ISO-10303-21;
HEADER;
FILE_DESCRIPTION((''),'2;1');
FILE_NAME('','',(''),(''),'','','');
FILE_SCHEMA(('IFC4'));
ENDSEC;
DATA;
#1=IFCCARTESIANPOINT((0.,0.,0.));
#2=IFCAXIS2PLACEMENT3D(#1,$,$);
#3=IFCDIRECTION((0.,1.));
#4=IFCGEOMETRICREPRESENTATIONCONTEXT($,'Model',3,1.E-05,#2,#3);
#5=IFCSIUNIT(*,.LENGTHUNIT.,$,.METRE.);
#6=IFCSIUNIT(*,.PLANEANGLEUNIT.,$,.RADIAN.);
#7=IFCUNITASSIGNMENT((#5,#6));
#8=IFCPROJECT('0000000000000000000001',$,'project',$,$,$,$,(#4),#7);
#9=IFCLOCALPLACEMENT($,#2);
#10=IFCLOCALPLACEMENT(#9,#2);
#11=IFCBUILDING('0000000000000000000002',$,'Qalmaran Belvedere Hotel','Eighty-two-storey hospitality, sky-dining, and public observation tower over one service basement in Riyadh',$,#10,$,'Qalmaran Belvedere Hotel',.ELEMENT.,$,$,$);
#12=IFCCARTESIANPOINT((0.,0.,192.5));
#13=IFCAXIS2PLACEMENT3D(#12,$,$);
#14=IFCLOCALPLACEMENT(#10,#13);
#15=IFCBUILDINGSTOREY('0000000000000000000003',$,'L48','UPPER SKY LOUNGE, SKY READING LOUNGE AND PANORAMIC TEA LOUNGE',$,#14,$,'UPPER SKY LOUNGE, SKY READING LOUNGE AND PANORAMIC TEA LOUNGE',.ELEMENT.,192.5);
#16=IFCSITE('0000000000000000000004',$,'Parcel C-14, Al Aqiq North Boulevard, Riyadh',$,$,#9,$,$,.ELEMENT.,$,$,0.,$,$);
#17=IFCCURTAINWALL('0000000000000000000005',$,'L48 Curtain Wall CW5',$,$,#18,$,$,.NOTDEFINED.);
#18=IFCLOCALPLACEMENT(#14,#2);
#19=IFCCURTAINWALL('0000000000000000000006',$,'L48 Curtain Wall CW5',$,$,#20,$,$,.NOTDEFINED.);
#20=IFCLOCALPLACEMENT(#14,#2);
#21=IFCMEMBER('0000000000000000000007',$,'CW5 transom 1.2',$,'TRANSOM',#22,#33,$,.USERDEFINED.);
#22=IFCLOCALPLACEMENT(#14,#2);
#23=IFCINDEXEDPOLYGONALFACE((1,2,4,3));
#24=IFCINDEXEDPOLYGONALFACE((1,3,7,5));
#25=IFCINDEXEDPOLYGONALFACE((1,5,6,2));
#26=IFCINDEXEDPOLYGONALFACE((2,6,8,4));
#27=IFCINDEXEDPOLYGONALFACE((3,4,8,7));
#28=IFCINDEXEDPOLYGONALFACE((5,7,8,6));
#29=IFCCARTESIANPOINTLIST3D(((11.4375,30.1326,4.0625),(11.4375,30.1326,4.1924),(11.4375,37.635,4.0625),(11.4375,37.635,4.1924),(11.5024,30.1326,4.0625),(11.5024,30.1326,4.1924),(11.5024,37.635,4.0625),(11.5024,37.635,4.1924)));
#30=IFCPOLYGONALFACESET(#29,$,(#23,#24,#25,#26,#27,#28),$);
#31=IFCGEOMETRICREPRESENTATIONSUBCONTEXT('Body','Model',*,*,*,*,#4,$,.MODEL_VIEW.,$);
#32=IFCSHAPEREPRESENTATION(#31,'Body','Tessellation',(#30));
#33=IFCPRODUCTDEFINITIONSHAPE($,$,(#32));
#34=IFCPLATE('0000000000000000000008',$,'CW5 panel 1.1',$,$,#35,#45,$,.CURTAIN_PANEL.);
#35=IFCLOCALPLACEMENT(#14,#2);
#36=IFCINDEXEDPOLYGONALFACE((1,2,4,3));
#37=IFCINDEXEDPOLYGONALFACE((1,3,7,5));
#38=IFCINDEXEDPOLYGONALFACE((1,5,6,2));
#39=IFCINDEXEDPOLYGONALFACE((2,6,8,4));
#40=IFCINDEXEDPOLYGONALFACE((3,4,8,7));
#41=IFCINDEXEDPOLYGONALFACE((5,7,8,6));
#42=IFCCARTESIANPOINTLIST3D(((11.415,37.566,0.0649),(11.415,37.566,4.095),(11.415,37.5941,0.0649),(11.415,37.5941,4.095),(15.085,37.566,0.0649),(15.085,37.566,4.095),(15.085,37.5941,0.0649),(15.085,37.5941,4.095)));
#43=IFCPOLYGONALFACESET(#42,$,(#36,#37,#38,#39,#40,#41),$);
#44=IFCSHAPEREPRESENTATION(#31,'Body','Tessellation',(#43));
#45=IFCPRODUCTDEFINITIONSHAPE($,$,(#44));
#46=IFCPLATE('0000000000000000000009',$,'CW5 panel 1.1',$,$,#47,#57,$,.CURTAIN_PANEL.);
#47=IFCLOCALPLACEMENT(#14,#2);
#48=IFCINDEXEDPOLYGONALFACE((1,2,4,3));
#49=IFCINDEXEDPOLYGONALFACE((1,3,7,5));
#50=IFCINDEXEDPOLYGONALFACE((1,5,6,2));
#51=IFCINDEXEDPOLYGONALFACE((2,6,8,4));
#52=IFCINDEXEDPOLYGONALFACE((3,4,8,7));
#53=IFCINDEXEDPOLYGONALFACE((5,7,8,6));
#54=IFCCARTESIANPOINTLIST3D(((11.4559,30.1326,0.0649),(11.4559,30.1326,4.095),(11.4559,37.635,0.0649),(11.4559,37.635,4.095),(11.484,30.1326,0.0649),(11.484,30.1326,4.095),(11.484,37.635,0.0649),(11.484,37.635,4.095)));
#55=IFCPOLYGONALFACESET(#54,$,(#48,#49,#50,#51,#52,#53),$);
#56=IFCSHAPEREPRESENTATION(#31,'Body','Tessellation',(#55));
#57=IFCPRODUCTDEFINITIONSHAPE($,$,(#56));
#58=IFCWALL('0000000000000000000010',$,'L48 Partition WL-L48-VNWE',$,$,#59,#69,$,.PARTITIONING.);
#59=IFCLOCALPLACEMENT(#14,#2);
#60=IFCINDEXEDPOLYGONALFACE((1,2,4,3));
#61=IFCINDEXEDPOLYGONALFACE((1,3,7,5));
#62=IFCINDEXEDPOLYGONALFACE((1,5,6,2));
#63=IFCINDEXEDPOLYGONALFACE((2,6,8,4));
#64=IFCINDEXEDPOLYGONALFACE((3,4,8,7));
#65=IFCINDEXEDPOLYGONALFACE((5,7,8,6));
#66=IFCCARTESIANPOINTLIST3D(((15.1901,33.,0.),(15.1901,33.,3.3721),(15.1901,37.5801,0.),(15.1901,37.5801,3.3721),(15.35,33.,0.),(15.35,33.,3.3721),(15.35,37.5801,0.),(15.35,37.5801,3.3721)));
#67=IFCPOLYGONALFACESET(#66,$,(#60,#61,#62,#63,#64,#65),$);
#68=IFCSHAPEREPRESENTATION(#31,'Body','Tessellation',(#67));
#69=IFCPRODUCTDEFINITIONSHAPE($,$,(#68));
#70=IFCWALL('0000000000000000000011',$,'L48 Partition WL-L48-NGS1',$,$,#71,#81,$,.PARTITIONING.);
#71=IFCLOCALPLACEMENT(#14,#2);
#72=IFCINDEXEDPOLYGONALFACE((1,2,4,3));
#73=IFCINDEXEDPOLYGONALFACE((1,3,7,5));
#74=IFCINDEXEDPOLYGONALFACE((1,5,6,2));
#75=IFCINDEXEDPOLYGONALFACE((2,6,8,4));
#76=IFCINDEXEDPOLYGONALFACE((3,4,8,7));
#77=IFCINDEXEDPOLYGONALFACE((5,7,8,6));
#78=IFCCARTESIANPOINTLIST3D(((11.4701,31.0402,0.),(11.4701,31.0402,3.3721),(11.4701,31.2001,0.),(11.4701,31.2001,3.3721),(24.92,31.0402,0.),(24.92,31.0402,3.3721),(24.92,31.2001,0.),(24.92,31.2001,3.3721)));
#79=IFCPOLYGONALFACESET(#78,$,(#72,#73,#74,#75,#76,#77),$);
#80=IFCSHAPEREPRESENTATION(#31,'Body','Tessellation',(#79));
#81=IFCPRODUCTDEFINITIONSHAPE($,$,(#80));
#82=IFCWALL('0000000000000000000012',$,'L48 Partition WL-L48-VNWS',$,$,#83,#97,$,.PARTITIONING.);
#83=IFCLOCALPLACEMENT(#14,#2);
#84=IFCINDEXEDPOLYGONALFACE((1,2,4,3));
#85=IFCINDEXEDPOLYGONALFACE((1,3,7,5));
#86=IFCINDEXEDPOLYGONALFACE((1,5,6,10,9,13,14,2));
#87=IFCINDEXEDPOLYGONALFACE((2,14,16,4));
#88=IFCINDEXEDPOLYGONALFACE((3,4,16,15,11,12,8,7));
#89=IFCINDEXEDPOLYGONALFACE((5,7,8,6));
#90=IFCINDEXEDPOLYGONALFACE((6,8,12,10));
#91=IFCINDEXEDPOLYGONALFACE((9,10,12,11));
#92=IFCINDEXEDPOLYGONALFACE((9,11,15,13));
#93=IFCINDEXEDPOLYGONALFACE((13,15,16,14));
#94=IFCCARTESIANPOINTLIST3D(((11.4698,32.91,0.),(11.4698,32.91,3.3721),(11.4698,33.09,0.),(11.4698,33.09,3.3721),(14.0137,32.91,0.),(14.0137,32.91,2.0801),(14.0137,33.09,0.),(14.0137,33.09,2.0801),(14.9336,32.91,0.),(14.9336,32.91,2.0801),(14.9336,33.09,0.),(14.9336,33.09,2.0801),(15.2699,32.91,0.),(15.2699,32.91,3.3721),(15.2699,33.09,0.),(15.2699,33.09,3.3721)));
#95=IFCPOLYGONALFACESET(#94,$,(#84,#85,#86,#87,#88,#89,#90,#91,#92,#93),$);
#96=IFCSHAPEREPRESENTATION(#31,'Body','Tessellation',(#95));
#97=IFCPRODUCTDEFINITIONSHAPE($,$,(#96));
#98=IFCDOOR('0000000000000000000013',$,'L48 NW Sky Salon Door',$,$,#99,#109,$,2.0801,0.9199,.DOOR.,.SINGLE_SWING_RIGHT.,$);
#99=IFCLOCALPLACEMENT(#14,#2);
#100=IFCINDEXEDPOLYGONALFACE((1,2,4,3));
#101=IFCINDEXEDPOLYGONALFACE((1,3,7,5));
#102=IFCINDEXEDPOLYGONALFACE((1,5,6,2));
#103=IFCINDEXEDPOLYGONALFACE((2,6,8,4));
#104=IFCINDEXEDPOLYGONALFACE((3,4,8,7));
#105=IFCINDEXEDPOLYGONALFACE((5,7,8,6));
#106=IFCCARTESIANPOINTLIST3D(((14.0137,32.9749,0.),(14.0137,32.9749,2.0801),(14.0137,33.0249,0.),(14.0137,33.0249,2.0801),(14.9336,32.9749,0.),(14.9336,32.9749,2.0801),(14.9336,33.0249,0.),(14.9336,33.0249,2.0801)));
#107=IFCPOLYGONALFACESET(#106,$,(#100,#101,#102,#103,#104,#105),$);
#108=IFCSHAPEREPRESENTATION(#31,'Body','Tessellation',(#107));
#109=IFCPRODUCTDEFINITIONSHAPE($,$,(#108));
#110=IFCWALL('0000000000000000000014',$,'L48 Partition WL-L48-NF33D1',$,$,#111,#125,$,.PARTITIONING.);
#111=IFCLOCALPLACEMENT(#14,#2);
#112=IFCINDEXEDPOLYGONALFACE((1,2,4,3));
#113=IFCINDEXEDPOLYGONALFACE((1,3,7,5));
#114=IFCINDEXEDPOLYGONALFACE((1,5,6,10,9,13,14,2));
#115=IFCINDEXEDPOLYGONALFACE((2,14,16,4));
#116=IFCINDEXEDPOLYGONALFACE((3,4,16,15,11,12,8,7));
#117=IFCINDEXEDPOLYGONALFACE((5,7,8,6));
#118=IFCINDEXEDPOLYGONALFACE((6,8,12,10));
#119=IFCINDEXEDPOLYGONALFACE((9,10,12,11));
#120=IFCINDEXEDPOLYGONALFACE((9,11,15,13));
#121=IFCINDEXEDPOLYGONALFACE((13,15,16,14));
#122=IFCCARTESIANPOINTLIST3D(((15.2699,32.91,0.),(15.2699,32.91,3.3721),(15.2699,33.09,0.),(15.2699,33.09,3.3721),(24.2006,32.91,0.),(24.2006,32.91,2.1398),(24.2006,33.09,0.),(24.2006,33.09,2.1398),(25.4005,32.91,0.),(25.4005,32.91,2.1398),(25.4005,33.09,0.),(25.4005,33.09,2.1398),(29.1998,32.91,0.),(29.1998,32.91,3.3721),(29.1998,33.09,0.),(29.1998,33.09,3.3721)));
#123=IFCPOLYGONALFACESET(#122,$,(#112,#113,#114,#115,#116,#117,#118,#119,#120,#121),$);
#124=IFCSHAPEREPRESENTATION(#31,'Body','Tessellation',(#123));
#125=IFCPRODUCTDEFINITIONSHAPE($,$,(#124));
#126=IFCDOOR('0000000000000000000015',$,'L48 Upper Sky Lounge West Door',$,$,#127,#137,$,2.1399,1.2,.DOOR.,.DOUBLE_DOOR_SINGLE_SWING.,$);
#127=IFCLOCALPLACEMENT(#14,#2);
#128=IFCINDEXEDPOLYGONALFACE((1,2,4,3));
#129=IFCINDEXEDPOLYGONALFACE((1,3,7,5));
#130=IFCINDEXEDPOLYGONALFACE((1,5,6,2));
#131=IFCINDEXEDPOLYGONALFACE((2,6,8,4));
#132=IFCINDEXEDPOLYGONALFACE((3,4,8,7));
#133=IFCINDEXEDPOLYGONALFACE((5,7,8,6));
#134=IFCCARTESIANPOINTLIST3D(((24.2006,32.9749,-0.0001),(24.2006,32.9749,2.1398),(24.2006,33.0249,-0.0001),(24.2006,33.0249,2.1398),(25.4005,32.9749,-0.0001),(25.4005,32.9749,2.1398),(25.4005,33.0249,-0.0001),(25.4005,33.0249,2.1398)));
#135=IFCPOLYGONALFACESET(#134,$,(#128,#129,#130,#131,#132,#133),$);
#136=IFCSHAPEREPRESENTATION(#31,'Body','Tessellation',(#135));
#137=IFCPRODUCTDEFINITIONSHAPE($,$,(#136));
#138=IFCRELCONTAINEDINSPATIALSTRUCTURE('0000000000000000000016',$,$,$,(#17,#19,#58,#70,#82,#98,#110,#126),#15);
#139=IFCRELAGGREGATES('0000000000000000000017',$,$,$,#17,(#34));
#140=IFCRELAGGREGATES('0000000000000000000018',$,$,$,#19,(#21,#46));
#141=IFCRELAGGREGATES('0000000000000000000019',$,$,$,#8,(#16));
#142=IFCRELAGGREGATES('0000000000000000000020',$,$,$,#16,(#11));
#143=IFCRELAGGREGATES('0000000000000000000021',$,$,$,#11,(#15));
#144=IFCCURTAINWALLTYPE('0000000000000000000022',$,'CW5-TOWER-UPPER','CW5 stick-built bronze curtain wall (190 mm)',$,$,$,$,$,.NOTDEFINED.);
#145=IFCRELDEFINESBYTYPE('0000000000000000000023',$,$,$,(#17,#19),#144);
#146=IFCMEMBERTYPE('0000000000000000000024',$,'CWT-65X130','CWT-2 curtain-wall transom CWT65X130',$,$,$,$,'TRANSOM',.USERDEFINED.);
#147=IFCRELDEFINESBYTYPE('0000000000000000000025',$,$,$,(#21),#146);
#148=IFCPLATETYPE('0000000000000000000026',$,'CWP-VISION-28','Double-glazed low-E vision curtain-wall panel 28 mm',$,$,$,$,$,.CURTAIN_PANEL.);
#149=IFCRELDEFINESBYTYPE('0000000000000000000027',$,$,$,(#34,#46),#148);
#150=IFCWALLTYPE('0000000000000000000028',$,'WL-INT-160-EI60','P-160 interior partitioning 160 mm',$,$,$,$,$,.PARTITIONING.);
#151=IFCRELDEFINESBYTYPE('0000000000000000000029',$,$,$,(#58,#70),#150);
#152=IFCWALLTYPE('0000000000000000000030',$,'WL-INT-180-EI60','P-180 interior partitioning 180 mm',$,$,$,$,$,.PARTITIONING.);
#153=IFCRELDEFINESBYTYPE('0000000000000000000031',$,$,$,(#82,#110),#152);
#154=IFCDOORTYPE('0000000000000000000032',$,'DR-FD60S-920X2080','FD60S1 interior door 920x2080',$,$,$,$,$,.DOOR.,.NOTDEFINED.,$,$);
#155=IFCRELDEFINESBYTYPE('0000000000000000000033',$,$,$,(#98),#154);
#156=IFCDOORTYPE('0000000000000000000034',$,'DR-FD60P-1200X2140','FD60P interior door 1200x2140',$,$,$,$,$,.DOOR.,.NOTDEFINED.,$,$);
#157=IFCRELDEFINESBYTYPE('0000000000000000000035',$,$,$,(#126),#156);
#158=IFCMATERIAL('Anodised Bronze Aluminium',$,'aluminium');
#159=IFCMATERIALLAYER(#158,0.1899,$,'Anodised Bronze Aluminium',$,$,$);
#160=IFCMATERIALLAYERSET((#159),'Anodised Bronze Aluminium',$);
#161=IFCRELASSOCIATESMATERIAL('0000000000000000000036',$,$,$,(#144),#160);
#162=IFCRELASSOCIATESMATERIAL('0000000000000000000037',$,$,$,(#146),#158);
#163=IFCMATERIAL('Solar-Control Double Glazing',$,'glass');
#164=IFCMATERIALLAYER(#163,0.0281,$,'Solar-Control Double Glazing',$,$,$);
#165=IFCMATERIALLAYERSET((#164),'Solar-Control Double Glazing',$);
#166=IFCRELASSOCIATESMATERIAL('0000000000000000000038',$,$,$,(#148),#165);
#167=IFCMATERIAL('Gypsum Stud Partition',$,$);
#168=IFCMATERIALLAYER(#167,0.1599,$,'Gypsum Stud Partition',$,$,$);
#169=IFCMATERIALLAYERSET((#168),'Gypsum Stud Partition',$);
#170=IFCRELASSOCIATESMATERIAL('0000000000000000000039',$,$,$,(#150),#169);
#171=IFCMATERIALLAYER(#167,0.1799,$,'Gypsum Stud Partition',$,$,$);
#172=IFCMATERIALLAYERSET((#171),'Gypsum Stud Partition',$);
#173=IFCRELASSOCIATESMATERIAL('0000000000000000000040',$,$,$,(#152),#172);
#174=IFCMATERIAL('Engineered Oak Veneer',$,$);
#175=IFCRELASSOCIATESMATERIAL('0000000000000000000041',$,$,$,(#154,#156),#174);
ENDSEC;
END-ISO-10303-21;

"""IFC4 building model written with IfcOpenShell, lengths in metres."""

from ifc_helpers import new_model, si_unit, direction, frame, frame_2d, origin, origin_2d, place, context, subcontext, project, spatial, rectangle, extrude, material, layer, layer_set, material_profile, profile_set, type_object, element, fill, aggregate, save


model = new_model("IFC4")

# Units and contexts
model_context = context("Model", 3, precision=1e-05, world=origin(), true_north=direction((0.0, 1.0)))
body_context = subcontext(model_context, "Body", "Model", "MODEL_VIEW")
ifc_project = project(units=[si_unit("LENGTHUNIT", "METRE"), si_unit("PLANEANGLEUNIT", "RADIAN")], contexts=[model_context])

# Site, building, storey
site_placement = place(None, origin())
site = spatial("IfcSite", under=ifc_project, at=site_placement, Name="Parcel C-14, Al Aqiq North Boulevard, Riyadh", CompositionType="ELEMENT", RefElevation=0.0)
building_placement = place(site_placement, origin())
building = spatial("IfcBuilding", under=site, at=building_placement, Name="Qalmaran Belvedere Hotel", Description="Eighty-two-storey hospitality, sky-dining, and public observation tower over one service basement in Riyadh", LongName="Qalmaran Belvedere Hotel", CompositionType="ELEMENT")
storey_placement = place(building_placement, frame((0.0, 0.0, 192.5)))
storey = spatial("IfcBuildingStorey", under=building, at=storey_placement, Name="L48", Description="UPPER SKY LOUNGE, SKY READING LOUNGE AND PANORAMIC TEA LOUNGE", LongName="UPPER SKY LOUNGE, SKY READING LOUNGE AND PANORAMIC TEA LOUNGE", CompositionType="ELEMENT", Elevation=192.5)

# Shared definitions
ifc_material_1 = material(Name="Anodised Bronze Aluminium", Category="aluminium")
ifc_layer_1 = layer(ifc_material_1, 0.1899, Name="Anodised Bronze Aluminium")
ifc_layer_set_1 = layer_set([ifc_layer_1], Name="Anodised Bronze Aluminium")
curtain_wall_type = type_object("IfcCurtainWallType", Name="CW5-TOWER-UPPER", Description="CW5 stick-built bronze curtain wall (190 mm)", PredefinedType="NOTDEFINED", material=ifc_layer_set_1)

# Curtain walls
curtain_wall_1_placement = place(storey_placement, origin())
curtain_wall_1 = element("IfcCurtainWall", 1, at=curtain_wall_1_placement, inside=storey, type_object=curtain_wall_type, Name="L48 Curtain Wall CW5", PredefinedType="NOTDEFINED")
curtain_wall_2_placement = place(storey_placement, origin())
curtain_wall_2 = element("IfcCurtainWall", 2, at=curtain_wall_2_placement, inside=storey, type_object=curtain_wall_type, Name="L48 Curtain Wall CW5", PredefinedType="NOTDEFINED")

# Member
ifc_material_profile_1 = material_profile(ifc_material_1, rectangle(XDim=0.0649, YDim=0.1299, at=origin_2d()), Name="CWT65X130")
ifc_profile_set_1 = profile_set([ifc_material_profile_1], Name="Anodised Bronze Aluminium")
member_type_1 = type_object("IfcMemberType", Name="CWT-65X130", Description="CWT-2 curtain-wall transom CWT65X130", ElementType="TRANSOM", PredefinedType="USERDEFINED", material=ifc_profile_set_1)
member_1_placement = place(storey_placement, frame((11.47, 37.635, 4.1274), z_axis=(0.0, -1.0, 0.0), x_axis=(1.0, 0.0, 0.0)))
member_1 = element("IfcMember", 3, at=member_1_placement, type_object=member_type_1, Name="CW5 transom 1.2", ObjectType="TRANSOM", PredefinedType="USERDEFINED", context=body_context, shape_type="SweptSolid", body=[
    extrude(rectangle(XDim=0.0649, YDim=0.1299, at=origin_2d()), origin(), (0.0, 0.0, 1.0), 7.5024),
])

# Plates
ifc_material_2 = material(Name="Solar-Control Double Glazing", Category="glass")
ifc_layer_2 = layer(ifc_material_2, 0.0281, Name="Solar-Control Double Glazing")
ifc_layer_set_2 = layer_set([ifc_layer_2], Name="Solar-Control Double Glazing")
plate_type = type_object("IfcPlateType", Name="CWP-VISION-28", Description="Double-glazed low-E vision curtain-wall panel 28 mm", PredefinedType="CURTAIN_PANEL", material=ifc_layer_set_2)
plate_1_placement = place(storey_placement, frame((13.25, 37.5801, 0.0649), z_axis=(0.0, 0.0, 1.0), x_axis=(-1.0, 0.0, 0.0)))
plate_1 = element("IfcPlate", 4, at=plate_1_placement, type_object=plate_type, Name="CW5 panel 1.1", PredefinedType="CURTAIN_PANEL", context=body_context, shape_type="SweptSolid", body=[
    extrude(rectangle(XDim=3.6699, YDim=0.0281, at=origin_2d()), origin(), (0.0, 0.0, 1.0), 4.03),
])
aggregate(curtain_wall_1, [plate_1])
plate_2_placement = place(storey_placement, frame((11.47, 33.8838, 0.0649), z_axis=(0.0, 0.0, 1.0), x_axis=(0.0, -1.0, 0.0)))
plate_2 = element("IfcPlate", 5, at=plate_2_placement, type_object=plate_type, Name="CW5 panel 1.1", PredefinedType="CURTAIN_PANEL", context=body_context, shape_type="SweptSolid", body=[
    extrude(rectangle(XDim=7.5024, YDim=0.0281, at=origin_2d()), origin(), (0.0, 0.0, 1.0), 4.03),
])
aggregate(curtain_wall_2, [member_1, plate_2])

# Walls
ifc_material_3 = material(Name="Gypsum Stud Partition")
ifc_layer_3 = layer(ifc_material_3, 0.1599, Name="Gypsum Stud Partition")
ifc_layer_set_3 = layer_set([ifc_layer_3], Name="Gypsum Stud Partition")
wall_type_1 = type_object("IfcWallType", Name="WL-INT-160-EI60", Description="P-160 interior partitioning 160 mm", PredefinedType="PARTITIONING", material=ifc_layer_set_3)
wall_1_placement = place(storey_placement, frame((15.27, 33.0, 0.0), z_axis=(0.0, 0.0, 1.0), x_axis=(0.0, 1.0, 0.0)))
element("IfcWall", 6, at=wall_1_placement, inside=storey, type_object=wall_type_1, Name="L48 Partition WL-L48-VNWE", PredefinedType="PARTITIONING", context=body_context, shape_type="SweptSolid", body=[
    extrude(rectangle(XDim=4.5801, YDim=0.1599, at=frame_2d((2.29, 0.0))), origin(), (0.0, 0.0, 1.0), 3.3721),
])
wall_2_placement = place(storey_placement, frame((11.47, 31.1201, 0.0), z_axis=(0.0, 0.0, 1.0), x_axis=(1.0, 0.0, 0.0)))
element("IfcWall", 7, at=wall_2_placement, inside=storey, type_object=wall_type_1, Name="L48 Partition WL-L48-NGS1", PredefinedType="PARTITIONING", context=body_context, shape_type="SweptSolid", body=[
    extrude(rectangle(XDim=13.45, YDim=0.1599, at=frame_2d((6.7251, 0.0))), origin(), (0.0, 0.0, 1.0), 3.3721),
])

# Walls, openings, doors
ifc_layer_4 = layer(ifc_material_3, 0.1799, Name="Gypsum Stud Partition")
ifc_layer_set_4 = layer_set([ifc_layer_4], Name="Gypsum Stud Partition")
wall_type_2 = type_object("IfcWallType", Name="WL-INT-180-EI60", Description="P-180 interior partitioning 180 mm", PredefinedType="PARTITIONING", material=ifc_layer_set_4)
wall_3_placement = place(storey_placement, frame((11.47, 33.0, 0.0), z_axis=(0.0, 0.0, 1.0), x_axis=(1.0, 0.0, 0.0)))
wall_3 = element("IfcWall", 8, at=wall_3_placement, inside=storey, type_object=wall_type_2, Name="L48 Partition WL-L48-VNWS", PredefinedType="PARTITIONING", context=body_context, shape_type="SweptSolid", body=[
    extrude(rectangle(XDim=3.8, YDim=0.1799, at=frame_2d((1.8999, 0.0))), origin(), (0.0, 0.0, 1.0), 3.3721),
])
opening_1_placement = place(wall_3_placement, frame((2.5437, 0.0, 0.0)))
opening_1 = element("IfcOpeningElement", 9, at=opening_1_placement, cuts=wall_3, PredefinedType="OPENING", context=body_context, shape_type="SweptSolid", body=[
    extrude(rectangle(XDim=0.9199, YDim=2.0801, at=frame_2d((0.46, 1.04))), frame((0.0, 0.1001, 0.0), z_axis=(0.0, -1.0, 0.0), x_axis=(1.0, 0.0, 0.0)), (0.0, 0.0, 1.0), 0.2),
])
ifc_material_4 = material(Name="Engineered Oak Veneer")
door_type_1 = type_object("IfcDoorType", Name="DR-FD60S-920X2080", Description="FD60S1 interior door 920x2080", OperationType="NOTDEFINED", PredefinedType="DOOR", material=ifc_material_4)
door_1_placement = place(opening_1_placement, origin())
door_1 = element("IfcDoor", 10, at=door_1_placement, inside=storey, type_object=door_type_1, Name="L48 NW Sky Salon Door", OperationType="SINGLE_SWING_RIGHT", OverallHeight=2.0801, OverallWidth=0.9199, PredefinedType="DOOR", context=body_context, shape_type="SweptSolid", body=[
    extrude(rectangle(XDim=0.9199, YDim=2.0801, at=frame_2d((0.46, 1.04))), frame((0.0, 0.0249, 0.0), z_axis=(0.0, -1.0, 0.0), x_axis=(1.0, 0.0, 0.0)), (0.0, 0.0, 1.0), 0.05),
])
fill(opening_1, door_1)
wall_4_placement = place(storey_placement, frame((15.27, 33.0, 0.0), z_axis=(0.0, 0.0, 1.0), x_axis=(1.0, 0.0, 0.0)))
wall_4 = element("IfcWall", 11, at=wall_4_placement, inside=storey, type_object=wall_type_2, Name="L48 Partition WL-L48-NF33D1", PredefinedType="PARTITIONING", context=body_context, shape_type="SweptSolid", body=[
    extrude(rectangle(XDim=13.9299, YDim=0.1799, at=frame_2d((6.9648, 0.0))), origin(), (0.0, 0.0, 1.0), 3.3721),
])
opening_2_placement = place(wall_4_placement, frame((8.9304, 0.0, 0.0)))
opening_2 = element("IfcOpeningElement", 12, at=opening_2_placement, cuts=wall_4, PredefinedType="OPENING", context=body_context, shape_type="SweptSolid", body=[
    extrude(rectangle(XDim=1.2, YDim=2.1399, at=frame_2d((0.6001, 1.0698))), frame((0.0, 0.1001, 0.0), z_axis=(0.0, -1.0, 0.0), x_axis=(1.0, 0.0, 0.0)), (0.0, 0.0, 1.0), 0.2),
])
door_type_2 = type_object("IfcDoorType", Name="DR-FD60P-1200X2140", Description="FD60P interior door 1200x2140", OperationType="NOTDEFINED", PredefinedType="DOOR", material=ifc_material_4)
door_2_placement = place(opening_2_placement, origin())
door_2 = element("IfcDoor", 13, at=door_2_placement, inside=storey, type_object=door_type_2, Name="L48 Upper Sky Lounge West Door", OperationType="DOUBLE_DOOR_SINGLE_SWING", OverallHeight=2.1399, OverallWidth=1.2, PredefinedType="DOOR", context=body_context, shape_type="SweptSolid", body=[
    extrude(rectangle(XDim=1.2, YDim=2.1399, at=frame_2d((0.6001, 1.0698))), frame((0.0, 0.0249, 0.0), z_axis=(0.0, -1.0, 0.0), x_axis=(1.0, 0.0, 0.0)), (0.0, 0.0, 1.0), 0.05),
])
fill(opening_2, door_2)

save(model, "model.ifc")
